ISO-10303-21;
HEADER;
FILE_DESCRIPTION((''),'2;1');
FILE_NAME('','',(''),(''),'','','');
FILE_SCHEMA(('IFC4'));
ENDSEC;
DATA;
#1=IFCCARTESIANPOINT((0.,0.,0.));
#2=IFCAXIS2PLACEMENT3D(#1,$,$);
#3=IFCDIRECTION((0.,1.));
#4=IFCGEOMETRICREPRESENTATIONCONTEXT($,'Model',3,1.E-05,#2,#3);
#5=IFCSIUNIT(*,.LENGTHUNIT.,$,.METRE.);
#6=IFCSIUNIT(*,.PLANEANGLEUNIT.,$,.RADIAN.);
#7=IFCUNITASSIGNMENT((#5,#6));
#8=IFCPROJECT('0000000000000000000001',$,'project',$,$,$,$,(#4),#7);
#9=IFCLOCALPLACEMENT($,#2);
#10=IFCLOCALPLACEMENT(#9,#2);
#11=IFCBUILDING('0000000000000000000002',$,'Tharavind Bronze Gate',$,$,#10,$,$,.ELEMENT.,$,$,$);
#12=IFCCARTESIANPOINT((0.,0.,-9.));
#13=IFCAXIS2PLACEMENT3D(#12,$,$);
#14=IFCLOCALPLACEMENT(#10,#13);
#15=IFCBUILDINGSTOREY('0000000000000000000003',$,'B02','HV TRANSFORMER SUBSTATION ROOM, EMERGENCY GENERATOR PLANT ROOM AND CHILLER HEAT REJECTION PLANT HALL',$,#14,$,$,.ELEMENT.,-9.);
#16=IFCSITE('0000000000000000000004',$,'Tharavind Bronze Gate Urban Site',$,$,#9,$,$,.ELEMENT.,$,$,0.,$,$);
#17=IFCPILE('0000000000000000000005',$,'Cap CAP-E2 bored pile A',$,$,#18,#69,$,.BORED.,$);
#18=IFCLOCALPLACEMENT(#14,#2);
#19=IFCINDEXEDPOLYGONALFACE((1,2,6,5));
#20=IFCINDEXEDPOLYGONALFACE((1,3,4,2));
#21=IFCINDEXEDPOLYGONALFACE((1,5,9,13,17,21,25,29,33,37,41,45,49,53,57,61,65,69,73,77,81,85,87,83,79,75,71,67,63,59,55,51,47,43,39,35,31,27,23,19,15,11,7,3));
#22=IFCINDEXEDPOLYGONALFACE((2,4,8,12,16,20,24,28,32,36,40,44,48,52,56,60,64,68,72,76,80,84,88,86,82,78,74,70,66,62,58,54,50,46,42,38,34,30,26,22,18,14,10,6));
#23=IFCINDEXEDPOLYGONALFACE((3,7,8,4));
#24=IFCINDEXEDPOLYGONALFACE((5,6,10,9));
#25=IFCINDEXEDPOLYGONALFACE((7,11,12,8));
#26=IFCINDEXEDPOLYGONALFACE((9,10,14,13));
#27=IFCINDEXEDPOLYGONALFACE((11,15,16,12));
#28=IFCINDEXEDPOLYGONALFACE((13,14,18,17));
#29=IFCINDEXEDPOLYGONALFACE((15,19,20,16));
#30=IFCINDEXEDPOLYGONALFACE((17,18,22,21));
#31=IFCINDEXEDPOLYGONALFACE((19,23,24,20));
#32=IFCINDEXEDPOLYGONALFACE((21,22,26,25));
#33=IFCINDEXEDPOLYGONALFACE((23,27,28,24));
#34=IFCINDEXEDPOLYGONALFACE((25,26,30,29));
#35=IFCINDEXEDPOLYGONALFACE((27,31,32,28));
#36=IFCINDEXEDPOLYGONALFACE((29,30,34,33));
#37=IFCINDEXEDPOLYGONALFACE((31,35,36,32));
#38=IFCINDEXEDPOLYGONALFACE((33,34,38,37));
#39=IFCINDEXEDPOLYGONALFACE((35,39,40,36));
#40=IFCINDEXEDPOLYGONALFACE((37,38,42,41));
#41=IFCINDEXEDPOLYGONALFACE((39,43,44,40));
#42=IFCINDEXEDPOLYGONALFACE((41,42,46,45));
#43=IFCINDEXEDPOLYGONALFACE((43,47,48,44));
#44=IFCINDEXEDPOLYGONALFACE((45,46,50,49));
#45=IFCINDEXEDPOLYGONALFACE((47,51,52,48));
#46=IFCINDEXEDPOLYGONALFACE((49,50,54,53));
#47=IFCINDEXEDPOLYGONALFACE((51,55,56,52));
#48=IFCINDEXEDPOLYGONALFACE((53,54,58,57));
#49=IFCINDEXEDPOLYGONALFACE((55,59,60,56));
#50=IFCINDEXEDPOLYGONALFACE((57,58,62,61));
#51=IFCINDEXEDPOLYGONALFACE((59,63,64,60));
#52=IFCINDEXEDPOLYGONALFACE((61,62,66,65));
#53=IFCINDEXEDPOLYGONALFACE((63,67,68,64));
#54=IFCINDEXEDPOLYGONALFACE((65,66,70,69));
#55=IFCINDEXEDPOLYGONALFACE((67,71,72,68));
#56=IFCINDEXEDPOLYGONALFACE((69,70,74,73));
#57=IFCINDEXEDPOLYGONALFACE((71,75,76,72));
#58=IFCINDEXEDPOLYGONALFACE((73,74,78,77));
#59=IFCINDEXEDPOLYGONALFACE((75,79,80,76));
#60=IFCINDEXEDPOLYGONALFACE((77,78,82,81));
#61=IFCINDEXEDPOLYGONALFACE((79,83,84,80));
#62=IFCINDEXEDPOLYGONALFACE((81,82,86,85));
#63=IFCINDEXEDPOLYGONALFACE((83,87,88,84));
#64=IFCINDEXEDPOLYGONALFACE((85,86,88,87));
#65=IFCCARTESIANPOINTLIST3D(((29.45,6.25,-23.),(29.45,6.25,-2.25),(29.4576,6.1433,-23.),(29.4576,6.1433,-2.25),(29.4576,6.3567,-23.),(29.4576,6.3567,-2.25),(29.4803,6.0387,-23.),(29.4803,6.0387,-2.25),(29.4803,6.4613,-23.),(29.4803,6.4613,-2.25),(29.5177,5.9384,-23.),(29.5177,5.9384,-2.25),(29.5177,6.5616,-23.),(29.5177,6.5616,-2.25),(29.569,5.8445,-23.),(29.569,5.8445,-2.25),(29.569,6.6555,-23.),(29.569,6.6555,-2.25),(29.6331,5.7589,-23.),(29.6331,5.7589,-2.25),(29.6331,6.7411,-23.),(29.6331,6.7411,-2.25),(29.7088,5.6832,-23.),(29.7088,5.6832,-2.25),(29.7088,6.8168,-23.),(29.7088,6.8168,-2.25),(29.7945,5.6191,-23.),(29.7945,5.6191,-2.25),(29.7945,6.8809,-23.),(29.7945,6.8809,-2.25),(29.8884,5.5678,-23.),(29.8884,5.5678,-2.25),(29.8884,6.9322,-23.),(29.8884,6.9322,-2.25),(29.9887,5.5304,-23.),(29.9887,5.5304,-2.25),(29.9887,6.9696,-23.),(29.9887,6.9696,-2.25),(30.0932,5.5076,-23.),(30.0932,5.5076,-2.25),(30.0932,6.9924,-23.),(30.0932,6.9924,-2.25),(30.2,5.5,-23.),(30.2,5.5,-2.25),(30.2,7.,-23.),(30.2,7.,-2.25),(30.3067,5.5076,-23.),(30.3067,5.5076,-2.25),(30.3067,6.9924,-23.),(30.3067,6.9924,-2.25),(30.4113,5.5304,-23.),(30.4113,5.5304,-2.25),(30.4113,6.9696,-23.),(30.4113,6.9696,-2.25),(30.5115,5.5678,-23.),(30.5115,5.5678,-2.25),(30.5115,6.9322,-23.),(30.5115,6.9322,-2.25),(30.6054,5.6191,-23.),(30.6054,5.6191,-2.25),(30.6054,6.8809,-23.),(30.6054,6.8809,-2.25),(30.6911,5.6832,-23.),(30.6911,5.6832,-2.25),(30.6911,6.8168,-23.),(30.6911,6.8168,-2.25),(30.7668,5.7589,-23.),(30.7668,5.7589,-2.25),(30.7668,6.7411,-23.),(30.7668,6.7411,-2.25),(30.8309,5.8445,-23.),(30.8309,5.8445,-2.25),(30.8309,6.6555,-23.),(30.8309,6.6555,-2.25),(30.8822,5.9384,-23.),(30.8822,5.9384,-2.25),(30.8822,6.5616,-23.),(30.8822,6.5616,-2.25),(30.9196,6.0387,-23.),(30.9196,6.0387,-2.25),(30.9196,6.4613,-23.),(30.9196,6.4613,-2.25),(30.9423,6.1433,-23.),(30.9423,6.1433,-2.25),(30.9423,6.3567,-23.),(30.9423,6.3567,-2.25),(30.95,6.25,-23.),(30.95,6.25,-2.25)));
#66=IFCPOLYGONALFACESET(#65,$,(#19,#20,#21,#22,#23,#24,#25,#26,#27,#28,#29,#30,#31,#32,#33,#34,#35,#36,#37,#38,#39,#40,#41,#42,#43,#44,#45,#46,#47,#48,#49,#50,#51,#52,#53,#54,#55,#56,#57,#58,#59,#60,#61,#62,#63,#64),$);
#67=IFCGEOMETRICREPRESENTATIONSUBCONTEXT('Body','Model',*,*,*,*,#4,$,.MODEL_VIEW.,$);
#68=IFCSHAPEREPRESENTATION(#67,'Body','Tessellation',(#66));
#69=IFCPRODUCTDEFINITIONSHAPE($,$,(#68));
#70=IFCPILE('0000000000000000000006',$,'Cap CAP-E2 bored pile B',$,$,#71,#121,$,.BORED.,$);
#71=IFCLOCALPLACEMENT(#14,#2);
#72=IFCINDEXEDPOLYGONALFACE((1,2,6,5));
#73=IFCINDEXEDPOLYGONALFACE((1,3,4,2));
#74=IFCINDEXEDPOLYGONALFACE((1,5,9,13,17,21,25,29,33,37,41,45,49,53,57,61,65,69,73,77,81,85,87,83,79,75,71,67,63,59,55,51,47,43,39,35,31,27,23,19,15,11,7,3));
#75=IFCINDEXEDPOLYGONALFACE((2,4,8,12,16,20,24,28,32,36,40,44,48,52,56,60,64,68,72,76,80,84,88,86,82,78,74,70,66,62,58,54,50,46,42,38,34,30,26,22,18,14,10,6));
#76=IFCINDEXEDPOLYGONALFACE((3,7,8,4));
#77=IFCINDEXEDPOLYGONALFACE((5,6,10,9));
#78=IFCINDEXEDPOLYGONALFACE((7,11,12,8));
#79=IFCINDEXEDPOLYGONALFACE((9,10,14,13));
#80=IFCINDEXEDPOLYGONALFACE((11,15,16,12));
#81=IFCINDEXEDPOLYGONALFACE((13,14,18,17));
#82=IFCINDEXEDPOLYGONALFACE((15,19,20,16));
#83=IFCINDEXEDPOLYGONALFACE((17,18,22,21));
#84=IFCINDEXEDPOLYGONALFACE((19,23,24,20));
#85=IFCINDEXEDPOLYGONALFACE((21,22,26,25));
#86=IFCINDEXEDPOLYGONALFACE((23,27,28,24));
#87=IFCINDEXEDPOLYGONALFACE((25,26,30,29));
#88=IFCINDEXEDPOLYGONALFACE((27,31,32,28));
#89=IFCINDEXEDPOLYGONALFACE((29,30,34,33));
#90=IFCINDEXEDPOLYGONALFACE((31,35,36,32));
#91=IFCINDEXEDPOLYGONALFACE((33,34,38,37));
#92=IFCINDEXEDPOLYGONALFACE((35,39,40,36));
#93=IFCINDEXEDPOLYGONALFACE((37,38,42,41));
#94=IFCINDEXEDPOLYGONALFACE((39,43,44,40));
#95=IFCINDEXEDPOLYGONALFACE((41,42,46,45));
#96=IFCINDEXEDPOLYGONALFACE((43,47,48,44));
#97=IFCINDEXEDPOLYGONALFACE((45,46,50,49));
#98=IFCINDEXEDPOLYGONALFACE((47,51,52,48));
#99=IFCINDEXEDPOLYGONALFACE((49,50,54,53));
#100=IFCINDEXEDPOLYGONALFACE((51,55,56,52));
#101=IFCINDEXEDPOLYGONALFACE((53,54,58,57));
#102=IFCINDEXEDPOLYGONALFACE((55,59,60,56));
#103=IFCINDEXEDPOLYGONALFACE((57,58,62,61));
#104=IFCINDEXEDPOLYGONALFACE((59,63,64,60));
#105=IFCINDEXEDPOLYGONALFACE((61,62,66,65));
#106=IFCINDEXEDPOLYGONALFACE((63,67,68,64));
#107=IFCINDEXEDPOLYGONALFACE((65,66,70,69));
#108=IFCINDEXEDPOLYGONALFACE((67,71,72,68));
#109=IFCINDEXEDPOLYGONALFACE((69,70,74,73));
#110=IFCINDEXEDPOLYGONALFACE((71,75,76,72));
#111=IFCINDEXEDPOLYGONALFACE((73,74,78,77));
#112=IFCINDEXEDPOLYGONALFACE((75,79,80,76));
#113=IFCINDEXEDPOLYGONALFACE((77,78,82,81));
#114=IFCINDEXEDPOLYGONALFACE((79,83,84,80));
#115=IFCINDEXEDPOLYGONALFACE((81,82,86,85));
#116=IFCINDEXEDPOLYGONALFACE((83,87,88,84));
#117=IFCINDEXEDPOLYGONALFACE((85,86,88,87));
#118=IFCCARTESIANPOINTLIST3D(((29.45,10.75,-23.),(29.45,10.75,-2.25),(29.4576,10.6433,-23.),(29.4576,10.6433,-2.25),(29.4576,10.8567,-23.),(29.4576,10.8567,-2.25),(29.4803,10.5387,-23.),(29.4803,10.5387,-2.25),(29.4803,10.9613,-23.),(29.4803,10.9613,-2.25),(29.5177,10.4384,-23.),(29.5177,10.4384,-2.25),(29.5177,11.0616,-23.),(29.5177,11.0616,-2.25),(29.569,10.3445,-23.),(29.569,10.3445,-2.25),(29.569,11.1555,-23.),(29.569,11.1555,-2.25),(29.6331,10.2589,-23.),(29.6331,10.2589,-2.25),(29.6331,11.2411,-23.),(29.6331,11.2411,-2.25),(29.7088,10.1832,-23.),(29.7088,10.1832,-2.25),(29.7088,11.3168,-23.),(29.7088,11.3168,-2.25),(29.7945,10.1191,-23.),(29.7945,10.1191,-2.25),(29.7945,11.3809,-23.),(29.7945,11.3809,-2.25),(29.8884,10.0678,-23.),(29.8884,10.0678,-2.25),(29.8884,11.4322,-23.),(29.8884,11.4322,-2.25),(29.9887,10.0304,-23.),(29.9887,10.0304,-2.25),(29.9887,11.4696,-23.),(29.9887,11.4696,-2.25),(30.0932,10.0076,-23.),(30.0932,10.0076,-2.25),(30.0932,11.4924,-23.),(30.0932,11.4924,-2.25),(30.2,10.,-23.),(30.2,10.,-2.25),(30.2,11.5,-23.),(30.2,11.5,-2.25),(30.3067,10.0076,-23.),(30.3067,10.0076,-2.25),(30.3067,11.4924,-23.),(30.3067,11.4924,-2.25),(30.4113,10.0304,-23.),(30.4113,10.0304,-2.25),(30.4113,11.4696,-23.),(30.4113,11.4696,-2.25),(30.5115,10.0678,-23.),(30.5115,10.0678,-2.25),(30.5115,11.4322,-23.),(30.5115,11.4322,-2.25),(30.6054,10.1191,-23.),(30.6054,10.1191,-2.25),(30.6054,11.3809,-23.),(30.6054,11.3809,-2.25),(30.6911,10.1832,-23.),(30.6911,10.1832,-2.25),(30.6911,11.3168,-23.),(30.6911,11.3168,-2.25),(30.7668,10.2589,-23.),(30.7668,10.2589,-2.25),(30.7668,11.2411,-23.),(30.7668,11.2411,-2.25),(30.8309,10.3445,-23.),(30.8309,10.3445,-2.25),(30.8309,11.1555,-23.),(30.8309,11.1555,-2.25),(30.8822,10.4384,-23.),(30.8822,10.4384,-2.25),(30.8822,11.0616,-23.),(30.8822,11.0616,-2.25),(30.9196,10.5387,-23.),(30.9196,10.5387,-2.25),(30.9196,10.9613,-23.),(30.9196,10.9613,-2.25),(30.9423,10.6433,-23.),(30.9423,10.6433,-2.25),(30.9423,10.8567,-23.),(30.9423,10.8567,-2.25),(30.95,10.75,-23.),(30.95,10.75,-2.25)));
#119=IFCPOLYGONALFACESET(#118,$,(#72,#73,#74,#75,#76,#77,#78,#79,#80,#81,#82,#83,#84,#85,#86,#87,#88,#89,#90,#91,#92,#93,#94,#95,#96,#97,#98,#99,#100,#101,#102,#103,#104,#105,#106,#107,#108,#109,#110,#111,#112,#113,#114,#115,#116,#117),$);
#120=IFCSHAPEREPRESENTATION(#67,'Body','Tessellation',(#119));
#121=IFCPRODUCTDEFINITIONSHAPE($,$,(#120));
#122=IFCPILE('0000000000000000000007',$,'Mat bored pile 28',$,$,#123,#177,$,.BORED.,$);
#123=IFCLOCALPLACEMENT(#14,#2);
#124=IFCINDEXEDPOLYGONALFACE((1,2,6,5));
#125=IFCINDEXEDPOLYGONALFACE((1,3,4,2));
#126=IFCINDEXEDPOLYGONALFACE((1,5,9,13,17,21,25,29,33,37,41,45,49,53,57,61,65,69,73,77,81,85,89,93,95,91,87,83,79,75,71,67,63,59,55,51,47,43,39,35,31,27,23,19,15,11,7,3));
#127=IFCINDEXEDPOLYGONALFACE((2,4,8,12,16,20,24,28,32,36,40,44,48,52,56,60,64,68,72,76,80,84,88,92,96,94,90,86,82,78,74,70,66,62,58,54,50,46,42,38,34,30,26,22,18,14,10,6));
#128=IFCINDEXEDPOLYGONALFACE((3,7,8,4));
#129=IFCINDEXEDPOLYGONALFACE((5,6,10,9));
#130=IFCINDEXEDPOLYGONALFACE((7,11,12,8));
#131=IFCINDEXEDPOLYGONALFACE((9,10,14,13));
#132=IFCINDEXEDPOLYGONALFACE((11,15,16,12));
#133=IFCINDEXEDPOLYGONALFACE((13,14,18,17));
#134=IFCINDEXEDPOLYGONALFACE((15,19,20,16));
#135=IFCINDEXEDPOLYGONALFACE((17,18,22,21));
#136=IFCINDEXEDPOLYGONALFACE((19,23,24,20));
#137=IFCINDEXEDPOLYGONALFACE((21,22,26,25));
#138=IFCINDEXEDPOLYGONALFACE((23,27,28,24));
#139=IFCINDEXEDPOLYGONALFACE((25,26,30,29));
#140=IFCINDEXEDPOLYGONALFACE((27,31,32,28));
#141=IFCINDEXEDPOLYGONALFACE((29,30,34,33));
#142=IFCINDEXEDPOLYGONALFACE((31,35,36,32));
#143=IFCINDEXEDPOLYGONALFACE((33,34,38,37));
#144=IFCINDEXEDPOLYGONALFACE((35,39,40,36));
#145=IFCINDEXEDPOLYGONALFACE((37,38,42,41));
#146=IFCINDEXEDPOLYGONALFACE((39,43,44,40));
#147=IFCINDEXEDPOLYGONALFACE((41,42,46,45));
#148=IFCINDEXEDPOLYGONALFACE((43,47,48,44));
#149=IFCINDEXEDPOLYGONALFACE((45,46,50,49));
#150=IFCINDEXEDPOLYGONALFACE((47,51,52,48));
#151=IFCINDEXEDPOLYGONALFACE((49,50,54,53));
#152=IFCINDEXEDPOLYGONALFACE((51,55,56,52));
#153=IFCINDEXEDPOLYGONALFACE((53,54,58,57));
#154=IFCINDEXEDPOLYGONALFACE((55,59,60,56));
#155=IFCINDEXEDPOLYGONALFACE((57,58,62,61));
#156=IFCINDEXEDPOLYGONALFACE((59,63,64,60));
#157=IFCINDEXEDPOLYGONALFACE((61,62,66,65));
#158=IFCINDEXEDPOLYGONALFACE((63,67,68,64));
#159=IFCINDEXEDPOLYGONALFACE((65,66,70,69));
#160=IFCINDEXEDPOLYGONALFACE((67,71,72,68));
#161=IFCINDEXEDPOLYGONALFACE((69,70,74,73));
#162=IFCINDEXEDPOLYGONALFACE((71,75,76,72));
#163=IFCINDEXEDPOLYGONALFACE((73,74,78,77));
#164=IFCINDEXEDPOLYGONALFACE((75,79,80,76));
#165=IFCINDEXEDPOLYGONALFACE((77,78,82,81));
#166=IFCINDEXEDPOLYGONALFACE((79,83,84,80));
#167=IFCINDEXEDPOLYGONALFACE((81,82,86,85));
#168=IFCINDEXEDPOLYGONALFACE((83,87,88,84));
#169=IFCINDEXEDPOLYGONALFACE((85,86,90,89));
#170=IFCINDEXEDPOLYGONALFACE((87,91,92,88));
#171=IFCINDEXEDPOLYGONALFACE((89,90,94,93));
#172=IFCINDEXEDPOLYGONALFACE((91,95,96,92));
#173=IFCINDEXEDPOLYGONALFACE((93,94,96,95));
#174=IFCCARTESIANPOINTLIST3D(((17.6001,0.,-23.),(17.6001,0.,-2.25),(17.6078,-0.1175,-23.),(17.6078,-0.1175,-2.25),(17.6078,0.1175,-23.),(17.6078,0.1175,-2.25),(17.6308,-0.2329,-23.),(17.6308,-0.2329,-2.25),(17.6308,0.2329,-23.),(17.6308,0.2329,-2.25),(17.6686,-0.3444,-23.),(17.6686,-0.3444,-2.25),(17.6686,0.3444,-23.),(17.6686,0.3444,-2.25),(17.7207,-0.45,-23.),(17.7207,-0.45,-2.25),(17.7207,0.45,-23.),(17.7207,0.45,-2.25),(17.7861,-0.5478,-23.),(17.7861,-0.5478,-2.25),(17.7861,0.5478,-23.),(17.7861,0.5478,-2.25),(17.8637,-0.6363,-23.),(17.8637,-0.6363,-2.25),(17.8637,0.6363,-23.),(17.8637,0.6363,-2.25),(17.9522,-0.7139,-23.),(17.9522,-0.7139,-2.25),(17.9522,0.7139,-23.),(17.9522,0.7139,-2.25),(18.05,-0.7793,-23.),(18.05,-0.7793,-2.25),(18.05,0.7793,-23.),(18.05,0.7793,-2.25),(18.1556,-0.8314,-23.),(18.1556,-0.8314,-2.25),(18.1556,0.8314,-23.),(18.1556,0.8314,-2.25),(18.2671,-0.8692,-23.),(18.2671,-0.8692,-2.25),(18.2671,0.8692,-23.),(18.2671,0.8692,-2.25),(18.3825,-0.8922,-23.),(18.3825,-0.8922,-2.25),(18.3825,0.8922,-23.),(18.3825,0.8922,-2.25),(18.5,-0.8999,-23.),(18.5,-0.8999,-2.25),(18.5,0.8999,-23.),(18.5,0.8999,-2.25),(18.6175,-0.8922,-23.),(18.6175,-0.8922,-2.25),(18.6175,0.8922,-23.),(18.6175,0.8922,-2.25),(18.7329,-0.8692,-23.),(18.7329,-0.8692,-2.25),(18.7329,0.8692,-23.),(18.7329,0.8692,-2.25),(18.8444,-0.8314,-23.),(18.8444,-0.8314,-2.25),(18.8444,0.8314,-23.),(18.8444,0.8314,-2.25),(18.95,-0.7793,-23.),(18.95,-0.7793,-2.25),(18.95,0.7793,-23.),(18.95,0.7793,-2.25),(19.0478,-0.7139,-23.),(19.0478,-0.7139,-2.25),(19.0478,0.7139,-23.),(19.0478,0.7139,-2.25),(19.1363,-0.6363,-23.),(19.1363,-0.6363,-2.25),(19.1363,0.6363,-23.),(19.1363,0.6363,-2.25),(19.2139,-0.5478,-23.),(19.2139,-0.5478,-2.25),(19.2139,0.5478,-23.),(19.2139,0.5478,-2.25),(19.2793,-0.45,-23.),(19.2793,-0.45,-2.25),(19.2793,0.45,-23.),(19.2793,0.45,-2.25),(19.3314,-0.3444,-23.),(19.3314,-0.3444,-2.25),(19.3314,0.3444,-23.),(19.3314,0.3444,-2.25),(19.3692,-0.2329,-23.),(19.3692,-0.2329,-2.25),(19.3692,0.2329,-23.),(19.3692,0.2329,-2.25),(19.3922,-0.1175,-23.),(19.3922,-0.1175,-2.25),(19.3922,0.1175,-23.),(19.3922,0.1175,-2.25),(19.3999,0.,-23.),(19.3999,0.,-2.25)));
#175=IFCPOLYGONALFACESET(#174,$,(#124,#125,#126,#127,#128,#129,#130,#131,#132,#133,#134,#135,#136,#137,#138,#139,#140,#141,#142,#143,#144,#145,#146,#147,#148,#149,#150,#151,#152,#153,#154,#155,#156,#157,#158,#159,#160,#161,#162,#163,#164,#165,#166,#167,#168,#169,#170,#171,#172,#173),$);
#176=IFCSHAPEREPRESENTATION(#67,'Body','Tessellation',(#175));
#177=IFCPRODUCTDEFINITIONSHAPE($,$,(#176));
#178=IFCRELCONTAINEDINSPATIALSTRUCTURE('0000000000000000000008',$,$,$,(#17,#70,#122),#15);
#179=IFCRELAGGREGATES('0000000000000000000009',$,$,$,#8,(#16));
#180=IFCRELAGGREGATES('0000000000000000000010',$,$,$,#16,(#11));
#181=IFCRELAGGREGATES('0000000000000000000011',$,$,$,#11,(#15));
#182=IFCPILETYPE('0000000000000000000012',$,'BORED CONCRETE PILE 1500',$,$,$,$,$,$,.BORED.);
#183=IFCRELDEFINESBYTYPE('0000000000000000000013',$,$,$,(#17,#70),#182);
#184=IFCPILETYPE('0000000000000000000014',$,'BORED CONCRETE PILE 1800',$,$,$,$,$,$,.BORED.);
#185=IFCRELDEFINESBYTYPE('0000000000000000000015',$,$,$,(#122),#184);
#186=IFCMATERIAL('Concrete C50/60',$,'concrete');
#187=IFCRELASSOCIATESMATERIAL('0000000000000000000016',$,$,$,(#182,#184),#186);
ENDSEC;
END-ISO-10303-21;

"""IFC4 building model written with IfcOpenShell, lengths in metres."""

from ifc_helpers import new_model, si_unit, direction, frame, origin, origin_2d, place, context, subcontext, project, spatial, circle, extrude, material, material_profile, profile_set, type_object, element, save


model = new_model("IFC4")

# Units and contexts
model_context = context("Model", 3, precision=1e-05, world=origin(), true_north=direction((0.0, 1.0)))
body_context = subcontext(model_context, "Body", "Model", "MODEL_VIEW")
ifc_project = project(units=[si_unit("LENGTHUNIT", "METRE"), si_unit("PLANEANGLEUNIT", "RADIAN")], contexts=[model_context])

# Site, building, storey
site_placement = place(None, origin())
site = spatial("IfcSite", under=ifc_project, at=site_placement, Name="Tharavind Bronze Gate Urban Site", CompositionType="ELEMENT", RefElevation=0.0)
building_placement = place(site_placement, origin())
building = spatial("IfcBuilding", under=site, at=building_placement, Name="Tharavind Bronze Gate", CompositionType="ELEMENT")
storey_placement = place(building_placement, frame((0.0, 0.0, -9.0)))
storey = spatial("IfcBuildingStorey", under=building, at=storey_placement, Name="B02", Description="HV TRANSFORMER SUBSTATION ROOM, EMERGENCY GENERATOR PLANT ROOM AND CHILLER HEAT REJECTION PLANT HALL", CompositionType="ELEMENT", Elevation=-9.0)

# Piles
ifc_material_1 = material(Name="Concrete C50/60", Category="concrete")
ifc_material_profile_1 = material_profile(ifc_material_1, circle(Radius=0.75, at=origin_2d()), Name="PILE1500")
ifc_profile_set_1 = profile_set([ifc_material_profile_1], Name="Concrete C50/60")
pile_type_1 = type_object("IfcPileType", Name="BORED CONCRETE PILE 1500", PredefinedType="BORED", material=ifc_profile_set_1)
for number, where, z_axis, x_axis, name in (
    (1, (30.2, 6.25, -2.25), (0.0, 0.0, -1.0), (1.0, 0.0, 0.0), "Cap CAP-E2 bored pile A"),
    (2, (30.2, 10.75, -2.25), (0.0, 0.0, -1.0), (1.0, 0.0, 0.0), "Cap CAP-E2 bored pile B"),
):
    element("IfcPile", number, at=place(storey_placement, frame(where, z_axis=z_axis, x_axis=x_axis)), inside=storey, type_object=pile_type_1, Name=name, PredefinedType="BORED", context=body_context, shape_type="SweptSolid", body=[
        extrude(circle(Radius=0.75, at=origin_2d()), origin(), (0.0, 0.0, 1.0), 20.75),
    ])
ifc_material_profile_2 = material_profile(ifc_material_1, circle(Radius=0.8999, at=origin_2d()), Name="PILE1800")
ifc_profile_set_2 = profile_set([ifc_material_profile_2], Name="Concrete C50/60")
pile_type_2 = type_object("IfcPileType", Name="BORED CONCRETE PILE 1800", PredefinedType="BORED", material=ifc_profile_set_2)
for number, where, z_axis, x_axis, name in (
    (3, (18.5, 0.0, -2.25), (0.0, 0.0, -1.0), (1.0, 0.0, 0.0), "Mat bored pile 28"),
):
    element("IfcPile", number, at=place(storey_placement, frame(where, z_axis=z_axis, x_axis=x_axis)), inside=storey, type_object=pile_type_2, Name=name, PredefinedType="BORED", context=body_context, shape_type="SweptSolid", body=[
        extrude(circle(Radius=0.8999, at=origin_2d()), origin(), (0.0, 0.0, 1.0), 20.75),
    ])

save(model, "model.ifc")
